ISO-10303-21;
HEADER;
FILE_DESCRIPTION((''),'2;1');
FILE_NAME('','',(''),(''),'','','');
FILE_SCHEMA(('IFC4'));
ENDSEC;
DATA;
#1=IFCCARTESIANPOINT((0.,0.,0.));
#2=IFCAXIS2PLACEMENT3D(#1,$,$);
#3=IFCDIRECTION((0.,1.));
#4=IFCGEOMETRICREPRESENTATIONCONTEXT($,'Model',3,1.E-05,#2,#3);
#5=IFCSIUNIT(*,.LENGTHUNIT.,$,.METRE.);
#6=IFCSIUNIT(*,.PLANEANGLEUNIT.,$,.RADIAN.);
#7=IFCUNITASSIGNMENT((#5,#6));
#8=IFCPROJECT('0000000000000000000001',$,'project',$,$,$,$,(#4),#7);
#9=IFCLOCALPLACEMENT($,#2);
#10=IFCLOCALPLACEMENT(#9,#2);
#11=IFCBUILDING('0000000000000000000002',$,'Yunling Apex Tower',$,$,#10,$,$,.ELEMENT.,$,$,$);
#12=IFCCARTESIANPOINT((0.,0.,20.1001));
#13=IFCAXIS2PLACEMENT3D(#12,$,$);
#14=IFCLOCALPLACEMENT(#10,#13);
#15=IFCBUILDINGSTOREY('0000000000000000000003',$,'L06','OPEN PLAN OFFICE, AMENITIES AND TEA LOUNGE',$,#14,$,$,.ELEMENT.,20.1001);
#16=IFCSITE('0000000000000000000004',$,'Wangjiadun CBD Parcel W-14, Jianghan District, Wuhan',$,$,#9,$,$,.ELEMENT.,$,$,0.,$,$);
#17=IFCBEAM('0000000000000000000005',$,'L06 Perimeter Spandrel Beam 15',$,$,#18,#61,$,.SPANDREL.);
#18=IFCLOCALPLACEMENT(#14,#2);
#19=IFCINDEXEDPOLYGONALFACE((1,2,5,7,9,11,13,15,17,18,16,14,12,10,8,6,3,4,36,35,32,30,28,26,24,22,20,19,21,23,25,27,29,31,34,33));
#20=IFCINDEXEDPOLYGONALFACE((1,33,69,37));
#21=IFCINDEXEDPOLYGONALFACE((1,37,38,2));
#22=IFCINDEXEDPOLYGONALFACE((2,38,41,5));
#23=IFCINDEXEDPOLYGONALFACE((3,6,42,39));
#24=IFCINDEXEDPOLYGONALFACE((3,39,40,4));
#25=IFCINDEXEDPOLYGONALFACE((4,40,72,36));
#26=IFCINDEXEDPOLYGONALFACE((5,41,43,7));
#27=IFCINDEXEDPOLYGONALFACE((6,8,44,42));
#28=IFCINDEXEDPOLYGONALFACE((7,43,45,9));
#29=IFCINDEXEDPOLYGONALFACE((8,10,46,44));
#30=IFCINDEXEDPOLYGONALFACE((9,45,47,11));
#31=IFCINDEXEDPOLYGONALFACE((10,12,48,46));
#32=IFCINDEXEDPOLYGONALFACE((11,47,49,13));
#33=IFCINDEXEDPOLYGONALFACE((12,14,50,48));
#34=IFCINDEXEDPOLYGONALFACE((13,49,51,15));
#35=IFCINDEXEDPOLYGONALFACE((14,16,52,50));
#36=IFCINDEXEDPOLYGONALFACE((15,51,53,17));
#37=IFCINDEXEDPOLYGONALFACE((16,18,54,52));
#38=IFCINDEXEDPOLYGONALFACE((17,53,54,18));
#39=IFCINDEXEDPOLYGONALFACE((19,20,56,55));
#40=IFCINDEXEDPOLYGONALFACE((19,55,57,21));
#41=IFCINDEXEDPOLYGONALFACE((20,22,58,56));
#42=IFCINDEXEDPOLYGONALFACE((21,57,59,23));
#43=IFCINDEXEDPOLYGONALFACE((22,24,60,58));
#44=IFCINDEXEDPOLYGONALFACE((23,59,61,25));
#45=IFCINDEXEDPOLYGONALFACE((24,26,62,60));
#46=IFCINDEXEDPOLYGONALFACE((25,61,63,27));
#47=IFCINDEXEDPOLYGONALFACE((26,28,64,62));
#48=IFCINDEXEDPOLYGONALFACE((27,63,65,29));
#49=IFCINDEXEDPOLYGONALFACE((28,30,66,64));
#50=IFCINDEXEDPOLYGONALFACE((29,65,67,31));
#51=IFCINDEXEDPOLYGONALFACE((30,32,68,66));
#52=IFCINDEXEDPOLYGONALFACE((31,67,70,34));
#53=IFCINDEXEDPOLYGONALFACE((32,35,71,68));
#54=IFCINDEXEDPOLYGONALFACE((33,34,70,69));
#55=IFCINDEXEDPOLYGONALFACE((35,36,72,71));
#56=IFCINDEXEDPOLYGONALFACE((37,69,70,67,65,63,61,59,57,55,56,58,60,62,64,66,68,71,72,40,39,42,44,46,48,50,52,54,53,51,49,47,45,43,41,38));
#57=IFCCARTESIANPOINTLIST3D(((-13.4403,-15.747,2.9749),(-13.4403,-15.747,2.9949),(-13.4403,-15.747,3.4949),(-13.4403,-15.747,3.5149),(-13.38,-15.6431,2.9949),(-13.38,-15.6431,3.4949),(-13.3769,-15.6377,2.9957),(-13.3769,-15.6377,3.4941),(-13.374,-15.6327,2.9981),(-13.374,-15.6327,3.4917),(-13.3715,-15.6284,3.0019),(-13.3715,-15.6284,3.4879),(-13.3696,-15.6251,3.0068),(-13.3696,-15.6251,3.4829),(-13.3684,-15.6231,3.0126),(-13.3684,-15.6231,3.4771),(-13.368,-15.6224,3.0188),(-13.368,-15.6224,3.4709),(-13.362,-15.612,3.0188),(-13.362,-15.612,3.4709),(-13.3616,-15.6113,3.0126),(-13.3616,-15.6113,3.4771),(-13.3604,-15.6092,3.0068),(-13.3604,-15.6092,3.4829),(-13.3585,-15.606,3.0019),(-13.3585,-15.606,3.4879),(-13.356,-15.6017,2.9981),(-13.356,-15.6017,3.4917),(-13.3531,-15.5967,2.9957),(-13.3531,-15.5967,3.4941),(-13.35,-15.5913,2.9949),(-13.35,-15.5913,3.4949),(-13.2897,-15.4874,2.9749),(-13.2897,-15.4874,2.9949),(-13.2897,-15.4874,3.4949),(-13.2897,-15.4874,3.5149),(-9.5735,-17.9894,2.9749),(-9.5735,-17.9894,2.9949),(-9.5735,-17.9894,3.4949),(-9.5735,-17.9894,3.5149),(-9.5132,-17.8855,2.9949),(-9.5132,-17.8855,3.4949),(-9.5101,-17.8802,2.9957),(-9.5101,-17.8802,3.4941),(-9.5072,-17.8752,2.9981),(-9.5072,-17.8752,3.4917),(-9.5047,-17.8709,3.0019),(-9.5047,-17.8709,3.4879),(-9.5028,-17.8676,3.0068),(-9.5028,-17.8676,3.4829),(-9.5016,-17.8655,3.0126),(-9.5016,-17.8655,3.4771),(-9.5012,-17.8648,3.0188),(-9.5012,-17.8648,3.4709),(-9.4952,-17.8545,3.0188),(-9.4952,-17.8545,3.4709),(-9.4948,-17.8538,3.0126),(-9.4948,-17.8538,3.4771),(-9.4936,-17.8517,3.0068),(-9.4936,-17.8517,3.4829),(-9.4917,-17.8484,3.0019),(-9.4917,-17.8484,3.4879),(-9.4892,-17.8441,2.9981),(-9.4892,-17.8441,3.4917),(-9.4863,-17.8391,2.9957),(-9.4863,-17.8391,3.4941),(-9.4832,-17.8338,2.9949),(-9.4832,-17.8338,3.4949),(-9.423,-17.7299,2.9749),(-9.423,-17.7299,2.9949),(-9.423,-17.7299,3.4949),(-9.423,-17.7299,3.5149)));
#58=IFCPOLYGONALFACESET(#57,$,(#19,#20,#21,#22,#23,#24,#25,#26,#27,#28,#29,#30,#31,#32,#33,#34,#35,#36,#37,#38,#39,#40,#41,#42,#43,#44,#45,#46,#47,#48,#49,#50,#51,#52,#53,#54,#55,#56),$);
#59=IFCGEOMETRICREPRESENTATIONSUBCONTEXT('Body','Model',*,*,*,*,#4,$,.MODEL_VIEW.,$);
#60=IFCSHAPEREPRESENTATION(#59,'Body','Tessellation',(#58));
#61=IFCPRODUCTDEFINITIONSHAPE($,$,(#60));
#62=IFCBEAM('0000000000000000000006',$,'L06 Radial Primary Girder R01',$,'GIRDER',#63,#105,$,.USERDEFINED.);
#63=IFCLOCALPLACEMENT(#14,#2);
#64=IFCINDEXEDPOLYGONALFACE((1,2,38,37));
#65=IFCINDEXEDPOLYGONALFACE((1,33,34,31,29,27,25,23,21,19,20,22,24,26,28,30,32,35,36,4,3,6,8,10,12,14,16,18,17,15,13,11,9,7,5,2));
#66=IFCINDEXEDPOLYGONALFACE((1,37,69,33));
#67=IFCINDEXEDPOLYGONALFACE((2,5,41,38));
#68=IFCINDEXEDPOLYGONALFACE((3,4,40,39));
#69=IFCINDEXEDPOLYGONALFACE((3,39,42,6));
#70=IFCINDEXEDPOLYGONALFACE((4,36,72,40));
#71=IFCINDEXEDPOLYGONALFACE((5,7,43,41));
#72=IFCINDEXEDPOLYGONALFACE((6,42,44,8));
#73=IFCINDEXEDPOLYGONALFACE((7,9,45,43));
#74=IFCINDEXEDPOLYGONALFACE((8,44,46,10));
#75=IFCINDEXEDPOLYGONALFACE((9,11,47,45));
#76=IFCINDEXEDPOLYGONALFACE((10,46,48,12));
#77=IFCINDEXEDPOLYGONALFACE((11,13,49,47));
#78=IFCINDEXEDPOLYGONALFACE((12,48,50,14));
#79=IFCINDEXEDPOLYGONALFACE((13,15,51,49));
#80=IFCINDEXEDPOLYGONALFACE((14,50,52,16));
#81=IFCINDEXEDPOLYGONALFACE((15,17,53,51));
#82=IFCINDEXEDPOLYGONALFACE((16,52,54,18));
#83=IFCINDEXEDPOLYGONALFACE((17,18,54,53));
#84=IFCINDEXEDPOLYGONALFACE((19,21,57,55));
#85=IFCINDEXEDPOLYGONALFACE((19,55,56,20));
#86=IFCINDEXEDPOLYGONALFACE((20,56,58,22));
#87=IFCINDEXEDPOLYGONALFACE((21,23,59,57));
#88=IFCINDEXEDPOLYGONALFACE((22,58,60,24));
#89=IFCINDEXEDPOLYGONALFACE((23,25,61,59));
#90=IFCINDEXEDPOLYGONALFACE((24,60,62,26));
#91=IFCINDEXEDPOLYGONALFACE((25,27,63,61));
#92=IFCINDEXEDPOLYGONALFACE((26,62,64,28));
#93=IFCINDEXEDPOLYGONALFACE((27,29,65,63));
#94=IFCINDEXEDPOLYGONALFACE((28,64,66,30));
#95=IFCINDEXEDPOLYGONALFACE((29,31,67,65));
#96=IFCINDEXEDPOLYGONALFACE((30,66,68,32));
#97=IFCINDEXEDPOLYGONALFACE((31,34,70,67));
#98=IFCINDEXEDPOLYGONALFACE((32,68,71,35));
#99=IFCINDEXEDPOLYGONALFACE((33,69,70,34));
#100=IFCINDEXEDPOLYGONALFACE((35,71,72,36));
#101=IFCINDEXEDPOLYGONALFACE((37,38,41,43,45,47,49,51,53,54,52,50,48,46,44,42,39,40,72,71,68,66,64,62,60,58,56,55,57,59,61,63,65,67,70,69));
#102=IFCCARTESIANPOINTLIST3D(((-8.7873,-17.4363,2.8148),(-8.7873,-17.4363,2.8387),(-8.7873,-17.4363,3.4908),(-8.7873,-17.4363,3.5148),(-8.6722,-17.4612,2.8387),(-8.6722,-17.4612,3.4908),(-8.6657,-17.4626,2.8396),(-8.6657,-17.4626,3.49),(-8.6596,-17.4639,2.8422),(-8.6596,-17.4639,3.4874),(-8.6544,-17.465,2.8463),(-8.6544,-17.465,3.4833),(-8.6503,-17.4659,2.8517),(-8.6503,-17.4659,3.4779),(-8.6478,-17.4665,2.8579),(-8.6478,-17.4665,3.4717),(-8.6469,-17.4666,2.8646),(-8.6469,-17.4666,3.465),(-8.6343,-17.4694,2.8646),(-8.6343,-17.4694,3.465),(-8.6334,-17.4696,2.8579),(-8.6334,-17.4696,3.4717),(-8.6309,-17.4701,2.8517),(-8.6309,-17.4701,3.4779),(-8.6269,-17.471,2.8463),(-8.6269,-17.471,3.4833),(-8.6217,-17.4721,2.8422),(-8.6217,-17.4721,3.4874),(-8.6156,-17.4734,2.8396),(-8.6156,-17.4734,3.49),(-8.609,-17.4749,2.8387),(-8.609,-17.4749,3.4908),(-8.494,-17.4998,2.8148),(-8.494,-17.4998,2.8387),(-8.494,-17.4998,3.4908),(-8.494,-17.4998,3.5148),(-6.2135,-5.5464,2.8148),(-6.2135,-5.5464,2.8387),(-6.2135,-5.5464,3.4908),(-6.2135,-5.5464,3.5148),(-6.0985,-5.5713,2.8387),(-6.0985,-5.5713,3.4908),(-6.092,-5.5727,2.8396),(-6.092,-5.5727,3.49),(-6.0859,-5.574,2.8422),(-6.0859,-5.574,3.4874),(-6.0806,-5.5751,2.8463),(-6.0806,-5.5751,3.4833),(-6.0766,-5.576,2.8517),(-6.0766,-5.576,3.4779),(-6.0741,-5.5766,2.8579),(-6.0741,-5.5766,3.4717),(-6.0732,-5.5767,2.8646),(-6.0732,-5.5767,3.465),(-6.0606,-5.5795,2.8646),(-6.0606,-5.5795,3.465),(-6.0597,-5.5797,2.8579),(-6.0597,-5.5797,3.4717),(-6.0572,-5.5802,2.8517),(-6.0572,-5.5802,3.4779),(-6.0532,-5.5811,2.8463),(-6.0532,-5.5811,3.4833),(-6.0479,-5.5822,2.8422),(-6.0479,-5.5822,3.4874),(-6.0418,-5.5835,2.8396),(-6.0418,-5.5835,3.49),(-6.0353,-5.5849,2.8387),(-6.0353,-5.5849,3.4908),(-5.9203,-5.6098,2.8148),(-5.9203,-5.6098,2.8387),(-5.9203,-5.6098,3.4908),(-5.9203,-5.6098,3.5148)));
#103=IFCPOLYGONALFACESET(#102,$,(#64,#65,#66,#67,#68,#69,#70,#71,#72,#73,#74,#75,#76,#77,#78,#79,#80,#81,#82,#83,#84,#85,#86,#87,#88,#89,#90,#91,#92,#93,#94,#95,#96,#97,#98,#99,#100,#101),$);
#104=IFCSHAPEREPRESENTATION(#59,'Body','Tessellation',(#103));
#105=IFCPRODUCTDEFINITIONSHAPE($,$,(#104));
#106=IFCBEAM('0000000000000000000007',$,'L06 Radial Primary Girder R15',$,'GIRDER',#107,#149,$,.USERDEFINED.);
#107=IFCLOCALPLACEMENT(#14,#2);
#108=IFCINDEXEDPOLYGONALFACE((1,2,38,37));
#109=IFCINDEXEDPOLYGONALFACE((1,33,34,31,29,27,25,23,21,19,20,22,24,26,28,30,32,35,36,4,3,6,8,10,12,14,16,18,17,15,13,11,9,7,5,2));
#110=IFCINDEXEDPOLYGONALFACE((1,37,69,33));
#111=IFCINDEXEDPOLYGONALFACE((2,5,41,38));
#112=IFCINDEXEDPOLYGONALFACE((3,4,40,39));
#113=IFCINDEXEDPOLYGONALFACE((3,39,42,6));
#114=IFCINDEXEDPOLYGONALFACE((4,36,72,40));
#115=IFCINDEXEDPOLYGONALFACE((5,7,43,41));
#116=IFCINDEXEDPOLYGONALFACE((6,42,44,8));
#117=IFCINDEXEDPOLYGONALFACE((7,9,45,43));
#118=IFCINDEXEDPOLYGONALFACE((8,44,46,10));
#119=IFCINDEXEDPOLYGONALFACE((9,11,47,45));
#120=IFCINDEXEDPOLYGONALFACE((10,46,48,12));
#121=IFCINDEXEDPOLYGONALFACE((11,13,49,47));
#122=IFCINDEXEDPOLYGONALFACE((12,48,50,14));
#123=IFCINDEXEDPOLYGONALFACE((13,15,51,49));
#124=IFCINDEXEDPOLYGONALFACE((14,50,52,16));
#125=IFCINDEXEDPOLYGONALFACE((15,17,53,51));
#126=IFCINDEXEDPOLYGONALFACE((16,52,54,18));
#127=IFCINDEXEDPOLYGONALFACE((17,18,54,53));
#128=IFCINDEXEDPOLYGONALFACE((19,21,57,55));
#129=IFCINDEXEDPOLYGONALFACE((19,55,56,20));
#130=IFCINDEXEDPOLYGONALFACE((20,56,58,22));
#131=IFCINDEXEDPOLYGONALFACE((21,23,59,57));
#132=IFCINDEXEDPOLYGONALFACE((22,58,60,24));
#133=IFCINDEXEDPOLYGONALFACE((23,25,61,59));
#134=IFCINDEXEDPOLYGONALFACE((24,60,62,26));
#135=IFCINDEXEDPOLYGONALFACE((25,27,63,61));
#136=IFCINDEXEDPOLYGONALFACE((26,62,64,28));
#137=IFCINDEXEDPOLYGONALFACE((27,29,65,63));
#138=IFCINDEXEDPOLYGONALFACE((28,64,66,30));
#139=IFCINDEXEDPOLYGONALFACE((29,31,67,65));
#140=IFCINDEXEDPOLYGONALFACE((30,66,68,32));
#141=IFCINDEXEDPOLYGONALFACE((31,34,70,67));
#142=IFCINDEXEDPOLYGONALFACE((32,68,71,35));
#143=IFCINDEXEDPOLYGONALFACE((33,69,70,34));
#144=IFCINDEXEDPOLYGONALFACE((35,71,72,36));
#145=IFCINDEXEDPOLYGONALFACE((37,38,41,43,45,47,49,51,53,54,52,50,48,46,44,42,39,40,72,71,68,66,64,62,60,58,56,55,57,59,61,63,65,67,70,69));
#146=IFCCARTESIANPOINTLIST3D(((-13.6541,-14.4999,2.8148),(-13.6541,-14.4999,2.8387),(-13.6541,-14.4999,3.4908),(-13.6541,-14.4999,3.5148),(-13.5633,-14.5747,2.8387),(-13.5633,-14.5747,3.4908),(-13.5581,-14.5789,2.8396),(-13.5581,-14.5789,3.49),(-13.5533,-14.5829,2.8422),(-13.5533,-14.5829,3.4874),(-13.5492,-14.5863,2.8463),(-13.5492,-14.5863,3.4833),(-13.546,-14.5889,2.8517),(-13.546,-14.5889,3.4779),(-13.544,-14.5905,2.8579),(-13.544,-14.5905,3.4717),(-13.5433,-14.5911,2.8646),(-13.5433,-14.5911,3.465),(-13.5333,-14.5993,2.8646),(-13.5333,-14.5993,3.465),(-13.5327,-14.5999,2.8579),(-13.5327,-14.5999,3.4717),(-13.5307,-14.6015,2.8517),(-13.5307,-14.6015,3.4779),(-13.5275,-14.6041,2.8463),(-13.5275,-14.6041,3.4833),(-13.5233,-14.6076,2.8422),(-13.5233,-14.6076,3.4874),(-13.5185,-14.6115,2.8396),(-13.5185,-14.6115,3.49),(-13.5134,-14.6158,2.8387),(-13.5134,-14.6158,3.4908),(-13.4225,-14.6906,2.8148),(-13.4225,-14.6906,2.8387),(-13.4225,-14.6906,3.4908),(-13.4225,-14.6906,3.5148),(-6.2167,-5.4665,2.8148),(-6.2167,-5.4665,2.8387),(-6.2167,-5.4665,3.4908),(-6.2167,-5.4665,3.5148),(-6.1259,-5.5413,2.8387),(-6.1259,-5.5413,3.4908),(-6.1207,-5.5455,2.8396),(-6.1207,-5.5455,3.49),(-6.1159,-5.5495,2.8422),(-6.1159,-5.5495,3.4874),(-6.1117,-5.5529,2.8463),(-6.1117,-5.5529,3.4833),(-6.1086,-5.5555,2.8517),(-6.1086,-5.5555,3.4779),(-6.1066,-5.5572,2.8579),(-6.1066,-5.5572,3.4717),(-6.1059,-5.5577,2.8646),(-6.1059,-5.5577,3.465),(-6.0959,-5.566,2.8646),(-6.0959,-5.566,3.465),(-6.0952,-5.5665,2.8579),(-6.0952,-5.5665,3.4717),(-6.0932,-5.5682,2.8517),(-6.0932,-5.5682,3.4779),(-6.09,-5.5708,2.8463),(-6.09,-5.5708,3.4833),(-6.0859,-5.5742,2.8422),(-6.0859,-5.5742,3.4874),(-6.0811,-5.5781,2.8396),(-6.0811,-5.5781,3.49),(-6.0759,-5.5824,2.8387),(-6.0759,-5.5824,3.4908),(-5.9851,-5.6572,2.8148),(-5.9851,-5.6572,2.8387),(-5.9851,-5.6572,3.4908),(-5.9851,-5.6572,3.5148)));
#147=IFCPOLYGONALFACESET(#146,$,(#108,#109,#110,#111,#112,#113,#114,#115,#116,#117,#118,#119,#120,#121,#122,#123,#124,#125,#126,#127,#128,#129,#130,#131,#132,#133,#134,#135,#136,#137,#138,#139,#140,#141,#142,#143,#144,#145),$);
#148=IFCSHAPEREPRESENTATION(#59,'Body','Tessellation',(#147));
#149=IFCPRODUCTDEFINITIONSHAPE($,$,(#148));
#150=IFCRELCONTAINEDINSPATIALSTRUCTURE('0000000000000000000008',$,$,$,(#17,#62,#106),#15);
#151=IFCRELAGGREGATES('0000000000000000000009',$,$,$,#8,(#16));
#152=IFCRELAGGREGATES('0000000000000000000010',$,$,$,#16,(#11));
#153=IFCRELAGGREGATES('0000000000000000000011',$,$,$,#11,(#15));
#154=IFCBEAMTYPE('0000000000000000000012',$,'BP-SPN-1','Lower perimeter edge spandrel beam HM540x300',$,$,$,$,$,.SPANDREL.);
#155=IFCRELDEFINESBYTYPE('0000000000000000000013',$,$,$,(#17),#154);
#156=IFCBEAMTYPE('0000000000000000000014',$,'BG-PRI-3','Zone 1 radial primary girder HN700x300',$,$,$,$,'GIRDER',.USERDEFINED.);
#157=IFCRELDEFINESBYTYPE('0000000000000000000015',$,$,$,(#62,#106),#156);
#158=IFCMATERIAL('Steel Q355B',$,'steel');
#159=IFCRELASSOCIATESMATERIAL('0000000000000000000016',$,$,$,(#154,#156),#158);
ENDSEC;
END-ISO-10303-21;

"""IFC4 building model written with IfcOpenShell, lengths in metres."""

from ifc_helpers import new_model, si_unit, direction, frame, origin, origin_2d, place, context, subcontext, project, spatial, i_section, extrude, source, transform, mapped, material, material_profile, profile_set, type_object, element, save


model = new_model("IFC4")

# Units and contexts
model_context = context("Model", 3, precision=1e-05, world=origin(), true_north=direction((0.0, 1.0)))
body_context = subcontext(model_context, "Body", "Model", "MODEL_VIEW")
ifc_project = project(units=[si_unit("LENGTHUNIT", "METRE"), si_unit("PLANEANGLEUNIT", "RADIAN")], contexts=[model_context])

# Site, building, storey
site_placement = place(None, origin())
site = spatial("IfcSite", under=ifc_project, at=site_placement, Name="Wangjiadun CBD Parcel W-14, Jianghan District, Wuhan", CompositionType="ELEMENT", RefElevation=0.0)
building_placement = place(site_placement, origin())
building = spatial("IfcBuilding", under=site, at=building_placement, Name="Yunling Apex Tower", CompositionType="ELEMENT")
storey_placement = place(building_placement, frame((0.0, 0.0, 20.1001)))
storey = spatial("IfcBuildingStorey", under=building, at=storey_placement, Name="L06", Description="OPEN PLAN OFFICE, AMENITIES AND TEA LOUNGE", CompositionType="ELEMENT", Elevation=20.1001)

# Beams
ifc_material_1 = material(Name="Steel Q355B", Category="steel")
ifc_material_profile_1 = material_profile(ifc_material_1, i_section(OverallWidth=0.3, OverallDepth=0.54, WebThickness=0.012, FlangeThickness=0.02, FilletRadius=0.0239, at=origin_2d()))
ifc_profile_set_1 = profile_set([ifc_material_profile_1], Name="Steel Q355B")
beam_type_1 = type_object("IfcBeamType", Name="BP-SPN-1", Description="Lower perimeter edge spandrel beam HM540x300", PredefinedType="SPANDREL", material=ifc_profile_set_1)
shared_shape_1 = source(origin(), body_context, "Body", "SweptSolid", [
    extrude(i_section(OverallWidth=0.3, OverallDepth=0.54, WebThickness=0.012, FlangeThickness=0.02, FilletRadius=0.0239, at=origin_2d()), origin(), (0.0, 0.0, 1.0), 4.47),
])
beam_1_placement = place(storey_placement, frame((-13.365, -15.6172, 3.2449), z_axis=(0.865056, -0.501676, 0.0), x_axis=(0.501676, 0.865056, 0.0)))
element("IfcBeam", 1, at=beam_1_placement, inside=storey, type_object=beam_type_1, Name="L06 Perimeter Spandrel Beam 15", PredefinedType="SPANDREL", context=body_context, shape_type="MappedRepresentation", body=[
    mapped(shared_shape_1, transform((0.0, 0.0, 0.0), scale=1.0)),
])
ifc_material_profile_2 = material_profile(ifc_material_1, i_section(OverallWidth=0.3, OverallDepth=0.7, WebThickness=0.0129, FlangeThickness=0.0239, FilletRadius=0.0259, at=origin_2d()))
ifc_profile_set_2 = profile_set([ifc_material_profile_2], Name="Steel Q355B")
beam_type_2 = type_object("IfcBeamType", Name="BG-PRI-3", Description="Zone 1 radial primary girder HN700x300", ElementType="GIRDER", PredefinedType="USERDEFINED", material=ifc_profile_set_2)
shared_shape_2 = source(origin(), body_context, "Body", "SweptSolid", [
    extrude(i_section(OverallWidth=0.3, OverallDepth=0.7, WebThickness=0.0129, FlangeThickness=0.0239, FilletRadius=0.0259, at=origin_2d()), origin(), (0.0, 0.0, 1.0), 12.1653),
])
beam_2_placement = place(storey_placement, frame((-8.6406, -17.468, 3.1648), z_axis=(0.211564, 0.977364, 0.0), x_axis=(-0.977364, 0.211564, 0.0)))
element("IfcBeam", 2, at=beam_2_placement, inside=storey, type_object=beam_type_2, Name="L06 Radial Primary Girder R01", ObjectType="GIRDER", PredefinedType="USERDEFINED", context=body_context, shape_type="MappedRepresentation", body=[
    mapped(shared_shape_2, transform((0.0, 0.0, 0.0), scale=1.0)),
])
shared_shape_3 = source(origin(), body_context, "Body", "SweptSolid", [
    extrude(i_section(OverallWidth=0.3, OverallDepth=0.7, WebThickness=0.0129, FlangeThickness=0.0239, FilletRadius=0.0259, at=origin_2d()), origin(), (0.0, 0.0, 1.0), 11.7012),
])
beam_3_placement = place(storey_placement, frame((-13.5383, -14.5952, 3.1648), z_axis=(0.635615, 0.772006, 0.0), x_axis=(-0.772006, 0.635615, 0.0)))
element("IfcBeam", 3, at=beam_3_placement, inside=storey, type_object=beam_type_2, Name="L06 Radial Primary Girder R15", ObjectType="GIRDER", PredefinedType="USERDEFINED", context=body_context, shape_type="MappedRepresentation", body=[
    mapped(shared_shape_3, transform((0.0, 0.0, 0.0), scale=1.0)),
])

save(model, "model.ifc")
